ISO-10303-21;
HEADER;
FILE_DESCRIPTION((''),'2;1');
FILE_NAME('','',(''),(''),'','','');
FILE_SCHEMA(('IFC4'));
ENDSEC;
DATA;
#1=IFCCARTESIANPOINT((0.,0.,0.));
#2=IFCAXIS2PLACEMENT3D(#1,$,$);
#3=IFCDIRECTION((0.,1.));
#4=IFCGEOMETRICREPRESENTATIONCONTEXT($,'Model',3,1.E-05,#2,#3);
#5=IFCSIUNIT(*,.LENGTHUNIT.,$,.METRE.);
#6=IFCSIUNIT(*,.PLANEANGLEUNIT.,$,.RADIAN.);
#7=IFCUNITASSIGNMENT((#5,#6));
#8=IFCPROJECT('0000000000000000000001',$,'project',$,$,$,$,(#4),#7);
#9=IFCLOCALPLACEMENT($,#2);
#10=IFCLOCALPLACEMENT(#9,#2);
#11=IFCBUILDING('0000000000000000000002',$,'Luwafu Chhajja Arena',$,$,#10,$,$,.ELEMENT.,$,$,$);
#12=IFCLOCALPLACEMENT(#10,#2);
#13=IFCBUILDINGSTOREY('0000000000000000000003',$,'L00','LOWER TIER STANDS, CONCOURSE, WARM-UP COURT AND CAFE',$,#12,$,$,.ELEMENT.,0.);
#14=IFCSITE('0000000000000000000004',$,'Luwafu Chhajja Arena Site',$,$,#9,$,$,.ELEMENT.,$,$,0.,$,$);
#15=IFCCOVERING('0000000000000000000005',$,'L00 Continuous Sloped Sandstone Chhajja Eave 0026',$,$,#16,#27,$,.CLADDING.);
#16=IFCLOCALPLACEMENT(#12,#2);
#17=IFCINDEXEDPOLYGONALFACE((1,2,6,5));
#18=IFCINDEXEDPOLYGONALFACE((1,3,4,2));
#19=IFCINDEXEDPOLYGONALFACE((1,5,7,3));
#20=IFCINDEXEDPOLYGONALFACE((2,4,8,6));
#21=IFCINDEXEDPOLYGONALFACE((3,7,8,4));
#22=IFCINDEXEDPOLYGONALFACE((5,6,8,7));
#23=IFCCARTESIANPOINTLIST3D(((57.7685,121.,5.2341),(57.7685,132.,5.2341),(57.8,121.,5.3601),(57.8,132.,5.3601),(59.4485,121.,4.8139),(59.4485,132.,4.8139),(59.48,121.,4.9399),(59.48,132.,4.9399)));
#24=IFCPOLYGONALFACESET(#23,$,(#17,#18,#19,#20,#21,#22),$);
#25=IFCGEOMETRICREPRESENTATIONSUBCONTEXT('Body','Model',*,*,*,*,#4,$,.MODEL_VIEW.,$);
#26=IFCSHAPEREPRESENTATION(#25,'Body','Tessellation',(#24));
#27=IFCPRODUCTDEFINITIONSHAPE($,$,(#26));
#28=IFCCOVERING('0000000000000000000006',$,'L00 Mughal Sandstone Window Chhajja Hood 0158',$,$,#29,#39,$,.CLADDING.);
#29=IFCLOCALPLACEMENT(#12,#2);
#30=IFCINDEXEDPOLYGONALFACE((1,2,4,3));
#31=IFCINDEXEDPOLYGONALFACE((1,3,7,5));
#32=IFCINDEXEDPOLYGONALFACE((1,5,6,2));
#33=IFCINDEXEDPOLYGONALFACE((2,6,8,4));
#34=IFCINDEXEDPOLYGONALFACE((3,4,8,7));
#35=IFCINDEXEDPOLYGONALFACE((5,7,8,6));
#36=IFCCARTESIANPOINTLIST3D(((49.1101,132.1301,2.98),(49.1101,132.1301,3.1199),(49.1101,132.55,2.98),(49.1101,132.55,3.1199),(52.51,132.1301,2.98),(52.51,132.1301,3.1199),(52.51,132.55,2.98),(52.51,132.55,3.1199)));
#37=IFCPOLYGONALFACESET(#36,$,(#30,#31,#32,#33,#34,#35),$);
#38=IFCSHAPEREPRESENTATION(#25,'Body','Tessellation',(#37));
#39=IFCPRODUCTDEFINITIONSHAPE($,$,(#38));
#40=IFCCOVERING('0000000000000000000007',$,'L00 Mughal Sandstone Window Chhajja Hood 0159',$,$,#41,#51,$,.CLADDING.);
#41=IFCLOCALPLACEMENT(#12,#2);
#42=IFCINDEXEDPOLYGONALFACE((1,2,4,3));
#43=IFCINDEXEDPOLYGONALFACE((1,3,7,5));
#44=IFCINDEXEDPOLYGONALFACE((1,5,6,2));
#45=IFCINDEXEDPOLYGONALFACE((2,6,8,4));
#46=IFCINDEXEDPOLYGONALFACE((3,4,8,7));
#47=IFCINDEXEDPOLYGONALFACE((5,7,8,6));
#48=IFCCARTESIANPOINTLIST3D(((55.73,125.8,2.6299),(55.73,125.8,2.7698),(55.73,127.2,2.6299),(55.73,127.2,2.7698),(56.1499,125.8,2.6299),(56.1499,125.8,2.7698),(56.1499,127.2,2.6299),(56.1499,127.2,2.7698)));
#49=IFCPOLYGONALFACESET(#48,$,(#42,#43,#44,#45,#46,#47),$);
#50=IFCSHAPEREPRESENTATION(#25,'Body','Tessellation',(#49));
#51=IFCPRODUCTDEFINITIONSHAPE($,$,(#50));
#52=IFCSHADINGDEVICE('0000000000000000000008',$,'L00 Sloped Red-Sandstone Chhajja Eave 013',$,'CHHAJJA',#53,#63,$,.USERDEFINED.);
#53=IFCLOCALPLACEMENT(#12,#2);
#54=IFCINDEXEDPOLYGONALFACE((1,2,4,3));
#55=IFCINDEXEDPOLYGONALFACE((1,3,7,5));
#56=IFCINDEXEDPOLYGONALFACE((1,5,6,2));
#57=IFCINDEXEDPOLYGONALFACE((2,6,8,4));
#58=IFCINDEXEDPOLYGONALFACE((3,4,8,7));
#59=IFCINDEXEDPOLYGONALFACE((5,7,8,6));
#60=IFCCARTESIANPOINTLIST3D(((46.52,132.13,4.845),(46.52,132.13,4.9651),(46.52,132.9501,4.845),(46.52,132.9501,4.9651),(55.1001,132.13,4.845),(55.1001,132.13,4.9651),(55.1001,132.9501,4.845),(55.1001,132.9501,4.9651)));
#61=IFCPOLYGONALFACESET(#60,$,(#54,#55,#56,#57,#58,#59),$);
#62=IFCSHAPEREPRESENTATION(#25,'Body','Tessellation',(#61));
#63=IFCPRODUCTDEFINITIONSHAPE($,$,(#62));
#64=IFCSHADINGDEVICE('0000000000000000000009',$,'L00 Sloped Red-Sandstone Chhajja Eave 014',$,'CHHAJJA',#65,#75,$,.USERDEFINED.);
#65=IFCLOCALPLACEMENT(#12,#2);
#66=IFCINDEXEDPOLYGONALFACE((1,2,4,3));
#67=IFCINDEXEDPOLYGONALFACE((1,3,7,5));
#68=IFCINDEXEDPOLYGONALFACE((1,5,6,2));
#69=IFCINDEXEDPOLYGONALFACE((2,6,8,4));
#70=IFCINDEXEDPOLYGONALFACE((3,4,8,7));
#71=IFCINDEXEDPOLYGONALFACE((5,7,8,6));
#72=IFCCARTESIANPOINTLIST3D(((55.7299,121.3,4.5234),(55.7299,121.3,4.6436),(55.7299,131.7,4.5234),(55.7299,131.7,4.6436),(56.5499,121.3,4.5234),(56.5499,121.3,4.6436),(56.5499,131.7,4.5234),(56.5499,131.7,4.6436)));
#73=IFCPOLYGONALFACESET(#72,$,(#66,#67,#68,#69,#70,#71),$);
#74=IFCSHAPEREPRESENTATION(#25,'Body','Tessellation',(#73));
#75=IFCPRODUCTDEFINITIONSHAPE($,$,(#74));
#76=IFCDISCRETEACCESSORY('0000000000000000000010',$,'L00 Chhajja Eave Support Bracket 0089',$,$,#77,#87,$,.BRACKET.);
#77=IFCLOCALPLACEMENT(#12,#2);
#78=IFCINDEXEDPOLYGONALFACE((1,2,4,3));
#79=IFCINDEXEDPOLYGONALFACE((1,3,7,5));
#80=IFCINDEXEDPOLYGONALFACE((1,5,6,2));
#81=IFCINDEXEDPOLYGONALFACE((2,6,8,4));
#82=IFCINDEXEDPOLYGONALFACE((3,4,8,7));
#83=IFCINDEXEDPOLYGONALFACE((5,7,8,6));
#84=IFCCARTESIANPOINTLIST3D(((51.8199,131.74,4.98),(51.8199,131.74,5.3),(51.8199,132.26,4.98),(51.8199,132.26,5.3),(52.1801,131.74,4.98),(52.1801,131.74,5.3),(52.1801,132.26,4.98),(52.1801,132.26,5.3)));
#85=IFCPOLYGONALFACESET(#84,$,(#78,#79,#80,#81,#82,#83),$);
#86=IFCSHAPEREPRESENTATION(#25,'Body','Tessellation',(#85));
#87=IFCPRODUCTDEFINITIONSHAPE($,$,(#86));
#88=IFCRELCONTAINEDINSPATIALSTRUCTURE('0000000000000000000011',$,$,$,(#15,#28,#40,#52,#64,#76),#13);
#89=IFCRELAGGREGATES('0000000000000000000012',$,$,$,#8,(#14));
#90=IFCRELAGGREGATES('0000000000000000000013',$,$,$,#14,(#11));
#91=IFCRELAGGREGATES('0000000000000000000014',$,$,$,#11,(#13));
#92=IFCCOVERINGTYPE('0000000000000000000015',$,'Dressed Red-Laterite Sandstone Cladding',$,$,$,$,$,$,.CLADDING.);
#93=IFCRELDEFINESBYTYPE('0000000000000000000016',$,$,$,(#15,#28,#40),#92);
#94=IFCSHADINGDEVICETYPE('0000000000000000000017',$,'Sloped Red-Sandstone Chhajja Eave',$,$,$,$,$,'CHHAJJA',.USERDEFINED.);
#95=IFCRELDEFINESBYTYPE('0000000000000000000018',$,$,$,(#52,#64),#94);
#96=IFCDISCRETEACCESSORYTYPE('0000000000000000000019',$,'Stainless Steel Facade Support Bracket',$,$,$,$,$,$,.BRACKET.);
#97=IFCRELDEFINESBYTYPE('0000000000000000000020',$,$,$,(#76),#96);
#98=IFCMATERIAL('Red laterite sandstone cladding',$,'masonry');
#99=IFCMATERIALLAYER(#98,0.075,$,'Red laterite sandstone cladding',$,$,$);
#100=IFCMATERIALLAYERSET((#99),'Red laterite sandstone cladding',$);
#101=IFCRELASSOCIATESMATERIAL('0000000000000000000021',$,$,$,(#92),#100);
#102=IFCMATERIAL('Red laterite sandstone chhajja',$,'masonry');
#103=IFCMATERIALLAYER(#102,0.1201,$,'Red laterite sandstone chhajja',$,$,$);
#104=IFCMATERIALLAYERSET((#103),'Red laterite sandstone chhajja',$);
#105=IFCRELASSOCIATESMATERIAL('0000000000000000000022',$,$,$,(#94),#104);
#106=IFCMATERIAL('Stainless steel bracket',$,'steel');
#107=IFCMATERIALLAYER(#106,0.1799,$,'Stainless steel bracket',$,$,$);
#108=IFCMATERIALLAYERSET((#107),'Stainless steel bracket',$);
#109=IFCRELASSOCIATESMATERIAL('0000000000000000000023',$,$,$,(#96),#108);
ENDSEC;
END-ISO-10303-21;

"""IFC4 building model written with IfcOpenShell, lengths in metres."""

from ifc_helpers import new_model, si_unit, direction, frame, origin, origin_2d, place, context, subcontext, project, spatial, polyline, rectangle, outline, extrude, material, layer, layer_set, type_object, element, save


model = new_model("IFC4")

# Units and contexts
model_context = context("Model", 3, precision=1e-05, world=origin(), true_north=direction((0.0, 1.0)))
body_context = subcontext(model_context, "Body", "Model", "MODEL_VIEW")
ifc_project = project(units=[si_unit("LENGTHUNIT", "METRE"), si_unit("PLANEANGLEUNIT", "RADIAN")], contexts=[model_context])

# Site, building, storey
site_placement = place(None, origin())
site = spatial("IfcSite", under=ifc_project, at=site_placement, Name="Luwafu Chhajja Arena Site", CompositionType="ELEMENT", RefElevation=0.0)
building_placement = place(site_placement, origin())
building = spatial("IfcBuilding", under=site, at=building_placement, Name="Luwafu Chhajja Arena", CompositionType="ELEMENT")
storey_placement = place(building_placement, origin())
storey = spatial("IfcBuildingStorey", under=building, at=storey_placement, Name="L00", Description="LOWER TIER STANDS, CONCOURSE, WARM-UP COURT AND CAFE", CompositionType="ELEMENT", Elevation=0.0)

# Coverings
ifc_material_1 = material(Name="Red laterite sandstone cladding", Category="masonry")
ifc_layer_1 = layer(ifc_material_1, 0.075, Name="Red laterite sandstone cladding")
ifc_layer_set_1 = layer_set([ifc_layer_1], Name="Red laterite sandstone cladding")
covering_type = type_object("IfcCoveringType", Name="Dressed Red-Laterite Sandstone Cladding", PredefinedType="CLADDING", material=ifc_layer_set_1)
covering_1_placement = place(storey_placement, frame((57.8, 121.0, 5.3601), z_axis=(0.242635, 0.0, 0.970118), x_axis=(0.0, 1.0, 0.0)))
element("IfcCovering", 1, at=covering_1_placement, inside=storey, type_object=covering_type, Name="L00 Continuous Sloped Sandstone Chhajja Eave 0026", PredefinedType="CLADDING", context=body_context, shape_type="SweptSolid", body=[
    extrude(outline(polyline([(0.0, 0.0), (11.0, 0.0), (11.0, -1.7317), (0.0, -1.7317), (0.0, 0.0)])), origin(), (0.0, 0.0, -1.0), 0.1299),
])
covering_2_placement = place(storey_placement, frame((50.8101, 132.3401, 2.98), z_axis=(0.0, 0.0, 1.0), x_axis=(1.0, 0.0, 0.0)))
element("IfcCovering", 2, at=covering_2_placement, inside=storey, type_object=covering_type, Name="L00 Mughal Sandstone Window Chhajja Hood 0158", PredefinedType="CLADDING", context=body_context, shape_type="SweptSolid", body=[
    extrude(rectangle(XDim=3.3999, YDim=0.4199, at=origin_2d()), origin(), (0.0, 0.0, 1.0), 0.1399),
])
covering_3_placement = place(storey_placement, frame((55.9399, 126.5, 2.6299), z_axis=(0.0, 0.0, 1.0), x_axis=(0.0, 1.0, 0.0)))
element("IfcCovering", 3, at=covering_3_placement, inside=storey, type_object=covering_type, Name="L00 Mughal Sandstone Window Chhajja Hood 0159", PredefinedType="CLADDING", context=body_context, shape_type="SweptSolid", body=[
    extrude(rectangle(XDim=1.3999, YDim=0.4199, at=origin_2d()), origin(), (0.0, 0.0, 1.0), 0.1399),
])

# Shading devices
ifc_material_2 = material(Name="Red laterite sandstone chhajja", Category="masonry")
ifc_layer_2 = layer(ifc_material_2, 0.1201, Name="Red laterite sandstone chhajja")
ifc_layer_set_2 = layer_set([ifc_layer_2], Name="Red laterite sandstone chhajja")
shading_device_type = type_object("IfcShadingDeviceType", Name="Sloped Red-Sandstone Chhajja Eave", ElementType="CHHAJJA", PredefinedType="USERDEFINED", material=ifc_layer_set_2)
shading_device_1_placement = place(storey_placement, frame((50.8101, 132.54, 4.845), z_axis=(0.0, 0.0, 1.0), x_axis=(1.0, 0.0, 0.0)))
element("IfcShadingDevice", 4, at=shading_device_1_placement, inside=storey, type_object=shading_device_type, Name="L00 Sloped Red-Sandstone Chhajja Eave 013", ObjectType="CHHAJJA", PredefinedType="USERDEFINED", context=body_context, shape_type="SweptSolid", body=[
    extrude(rectangle(XDim=8.5801, YDim=0.8201, at=origin_2d()), origin(), (0.0, 0.0, 1.0), 0.1201),
])
shading_device_2_placement = place(storey_placement, frame((56.1399, 126.5, 4.5234), z_axis=(0.0, 0.0, 1.0), x_axis=(0.0, 1.0, 0.0)))
element("IfcShadingDevice", 5, at=shading_device_2_placement, inside=storey, type_object=shading_device_type, Name="L00 Sloped Red-Sandstone Chhajja Eave 014", ObjectType="CHHAJJA", PredefinedType="USERDEFINED", context=body_context, shape_type="SweptSolid", body=[
    extrude(rectangle(XDim=10.3999, YDim=0.8201, at=origin_2d()), origin(), (0.0, 0.0, 1.0), 0.1201),
])

# Discrete accessory
ifc_material_3 = material(Name="Stainless steel bracket", Category="steel")
ifc_layer_3 = layer(ifc_material_3, 0.1799, Name="Stainless steel bracket")
ifc_layer_set_3 = layer_set([ifc_layer_3], Name="Stainless steel bracket")
discrete_accessory_type = type_object("IfcDiscreteAccessoryType", Name="Stainless Steel Facade Support Bracket", PredefinedType="BRACKET", material=ifc_layer_set_3)
discrete_accessory_placement = place(storey_placement, frame((52.0, 132.0, 4.98), z_axis=(0.0, 0.0, 1.0), x_axis=(1.0, 0.0, 0.0)))
element("IfcDiscreteAccessory", 6, at=discrete_accessory_placement, inside=storey, type_object=discrete_accessory_type, Name="L00 Chhajja Eave Support Bracket 0089", PredefinedType="BRACKET", context=body_context, shape_type="SweptSolid", body=[
    extrude(rectangle(XDim=0.3601, YDim=0.52, at=origin_2d()), origin(), (0.0, 0.0, 1.0), 0.3201),
])

save(model, "model.ifc")
